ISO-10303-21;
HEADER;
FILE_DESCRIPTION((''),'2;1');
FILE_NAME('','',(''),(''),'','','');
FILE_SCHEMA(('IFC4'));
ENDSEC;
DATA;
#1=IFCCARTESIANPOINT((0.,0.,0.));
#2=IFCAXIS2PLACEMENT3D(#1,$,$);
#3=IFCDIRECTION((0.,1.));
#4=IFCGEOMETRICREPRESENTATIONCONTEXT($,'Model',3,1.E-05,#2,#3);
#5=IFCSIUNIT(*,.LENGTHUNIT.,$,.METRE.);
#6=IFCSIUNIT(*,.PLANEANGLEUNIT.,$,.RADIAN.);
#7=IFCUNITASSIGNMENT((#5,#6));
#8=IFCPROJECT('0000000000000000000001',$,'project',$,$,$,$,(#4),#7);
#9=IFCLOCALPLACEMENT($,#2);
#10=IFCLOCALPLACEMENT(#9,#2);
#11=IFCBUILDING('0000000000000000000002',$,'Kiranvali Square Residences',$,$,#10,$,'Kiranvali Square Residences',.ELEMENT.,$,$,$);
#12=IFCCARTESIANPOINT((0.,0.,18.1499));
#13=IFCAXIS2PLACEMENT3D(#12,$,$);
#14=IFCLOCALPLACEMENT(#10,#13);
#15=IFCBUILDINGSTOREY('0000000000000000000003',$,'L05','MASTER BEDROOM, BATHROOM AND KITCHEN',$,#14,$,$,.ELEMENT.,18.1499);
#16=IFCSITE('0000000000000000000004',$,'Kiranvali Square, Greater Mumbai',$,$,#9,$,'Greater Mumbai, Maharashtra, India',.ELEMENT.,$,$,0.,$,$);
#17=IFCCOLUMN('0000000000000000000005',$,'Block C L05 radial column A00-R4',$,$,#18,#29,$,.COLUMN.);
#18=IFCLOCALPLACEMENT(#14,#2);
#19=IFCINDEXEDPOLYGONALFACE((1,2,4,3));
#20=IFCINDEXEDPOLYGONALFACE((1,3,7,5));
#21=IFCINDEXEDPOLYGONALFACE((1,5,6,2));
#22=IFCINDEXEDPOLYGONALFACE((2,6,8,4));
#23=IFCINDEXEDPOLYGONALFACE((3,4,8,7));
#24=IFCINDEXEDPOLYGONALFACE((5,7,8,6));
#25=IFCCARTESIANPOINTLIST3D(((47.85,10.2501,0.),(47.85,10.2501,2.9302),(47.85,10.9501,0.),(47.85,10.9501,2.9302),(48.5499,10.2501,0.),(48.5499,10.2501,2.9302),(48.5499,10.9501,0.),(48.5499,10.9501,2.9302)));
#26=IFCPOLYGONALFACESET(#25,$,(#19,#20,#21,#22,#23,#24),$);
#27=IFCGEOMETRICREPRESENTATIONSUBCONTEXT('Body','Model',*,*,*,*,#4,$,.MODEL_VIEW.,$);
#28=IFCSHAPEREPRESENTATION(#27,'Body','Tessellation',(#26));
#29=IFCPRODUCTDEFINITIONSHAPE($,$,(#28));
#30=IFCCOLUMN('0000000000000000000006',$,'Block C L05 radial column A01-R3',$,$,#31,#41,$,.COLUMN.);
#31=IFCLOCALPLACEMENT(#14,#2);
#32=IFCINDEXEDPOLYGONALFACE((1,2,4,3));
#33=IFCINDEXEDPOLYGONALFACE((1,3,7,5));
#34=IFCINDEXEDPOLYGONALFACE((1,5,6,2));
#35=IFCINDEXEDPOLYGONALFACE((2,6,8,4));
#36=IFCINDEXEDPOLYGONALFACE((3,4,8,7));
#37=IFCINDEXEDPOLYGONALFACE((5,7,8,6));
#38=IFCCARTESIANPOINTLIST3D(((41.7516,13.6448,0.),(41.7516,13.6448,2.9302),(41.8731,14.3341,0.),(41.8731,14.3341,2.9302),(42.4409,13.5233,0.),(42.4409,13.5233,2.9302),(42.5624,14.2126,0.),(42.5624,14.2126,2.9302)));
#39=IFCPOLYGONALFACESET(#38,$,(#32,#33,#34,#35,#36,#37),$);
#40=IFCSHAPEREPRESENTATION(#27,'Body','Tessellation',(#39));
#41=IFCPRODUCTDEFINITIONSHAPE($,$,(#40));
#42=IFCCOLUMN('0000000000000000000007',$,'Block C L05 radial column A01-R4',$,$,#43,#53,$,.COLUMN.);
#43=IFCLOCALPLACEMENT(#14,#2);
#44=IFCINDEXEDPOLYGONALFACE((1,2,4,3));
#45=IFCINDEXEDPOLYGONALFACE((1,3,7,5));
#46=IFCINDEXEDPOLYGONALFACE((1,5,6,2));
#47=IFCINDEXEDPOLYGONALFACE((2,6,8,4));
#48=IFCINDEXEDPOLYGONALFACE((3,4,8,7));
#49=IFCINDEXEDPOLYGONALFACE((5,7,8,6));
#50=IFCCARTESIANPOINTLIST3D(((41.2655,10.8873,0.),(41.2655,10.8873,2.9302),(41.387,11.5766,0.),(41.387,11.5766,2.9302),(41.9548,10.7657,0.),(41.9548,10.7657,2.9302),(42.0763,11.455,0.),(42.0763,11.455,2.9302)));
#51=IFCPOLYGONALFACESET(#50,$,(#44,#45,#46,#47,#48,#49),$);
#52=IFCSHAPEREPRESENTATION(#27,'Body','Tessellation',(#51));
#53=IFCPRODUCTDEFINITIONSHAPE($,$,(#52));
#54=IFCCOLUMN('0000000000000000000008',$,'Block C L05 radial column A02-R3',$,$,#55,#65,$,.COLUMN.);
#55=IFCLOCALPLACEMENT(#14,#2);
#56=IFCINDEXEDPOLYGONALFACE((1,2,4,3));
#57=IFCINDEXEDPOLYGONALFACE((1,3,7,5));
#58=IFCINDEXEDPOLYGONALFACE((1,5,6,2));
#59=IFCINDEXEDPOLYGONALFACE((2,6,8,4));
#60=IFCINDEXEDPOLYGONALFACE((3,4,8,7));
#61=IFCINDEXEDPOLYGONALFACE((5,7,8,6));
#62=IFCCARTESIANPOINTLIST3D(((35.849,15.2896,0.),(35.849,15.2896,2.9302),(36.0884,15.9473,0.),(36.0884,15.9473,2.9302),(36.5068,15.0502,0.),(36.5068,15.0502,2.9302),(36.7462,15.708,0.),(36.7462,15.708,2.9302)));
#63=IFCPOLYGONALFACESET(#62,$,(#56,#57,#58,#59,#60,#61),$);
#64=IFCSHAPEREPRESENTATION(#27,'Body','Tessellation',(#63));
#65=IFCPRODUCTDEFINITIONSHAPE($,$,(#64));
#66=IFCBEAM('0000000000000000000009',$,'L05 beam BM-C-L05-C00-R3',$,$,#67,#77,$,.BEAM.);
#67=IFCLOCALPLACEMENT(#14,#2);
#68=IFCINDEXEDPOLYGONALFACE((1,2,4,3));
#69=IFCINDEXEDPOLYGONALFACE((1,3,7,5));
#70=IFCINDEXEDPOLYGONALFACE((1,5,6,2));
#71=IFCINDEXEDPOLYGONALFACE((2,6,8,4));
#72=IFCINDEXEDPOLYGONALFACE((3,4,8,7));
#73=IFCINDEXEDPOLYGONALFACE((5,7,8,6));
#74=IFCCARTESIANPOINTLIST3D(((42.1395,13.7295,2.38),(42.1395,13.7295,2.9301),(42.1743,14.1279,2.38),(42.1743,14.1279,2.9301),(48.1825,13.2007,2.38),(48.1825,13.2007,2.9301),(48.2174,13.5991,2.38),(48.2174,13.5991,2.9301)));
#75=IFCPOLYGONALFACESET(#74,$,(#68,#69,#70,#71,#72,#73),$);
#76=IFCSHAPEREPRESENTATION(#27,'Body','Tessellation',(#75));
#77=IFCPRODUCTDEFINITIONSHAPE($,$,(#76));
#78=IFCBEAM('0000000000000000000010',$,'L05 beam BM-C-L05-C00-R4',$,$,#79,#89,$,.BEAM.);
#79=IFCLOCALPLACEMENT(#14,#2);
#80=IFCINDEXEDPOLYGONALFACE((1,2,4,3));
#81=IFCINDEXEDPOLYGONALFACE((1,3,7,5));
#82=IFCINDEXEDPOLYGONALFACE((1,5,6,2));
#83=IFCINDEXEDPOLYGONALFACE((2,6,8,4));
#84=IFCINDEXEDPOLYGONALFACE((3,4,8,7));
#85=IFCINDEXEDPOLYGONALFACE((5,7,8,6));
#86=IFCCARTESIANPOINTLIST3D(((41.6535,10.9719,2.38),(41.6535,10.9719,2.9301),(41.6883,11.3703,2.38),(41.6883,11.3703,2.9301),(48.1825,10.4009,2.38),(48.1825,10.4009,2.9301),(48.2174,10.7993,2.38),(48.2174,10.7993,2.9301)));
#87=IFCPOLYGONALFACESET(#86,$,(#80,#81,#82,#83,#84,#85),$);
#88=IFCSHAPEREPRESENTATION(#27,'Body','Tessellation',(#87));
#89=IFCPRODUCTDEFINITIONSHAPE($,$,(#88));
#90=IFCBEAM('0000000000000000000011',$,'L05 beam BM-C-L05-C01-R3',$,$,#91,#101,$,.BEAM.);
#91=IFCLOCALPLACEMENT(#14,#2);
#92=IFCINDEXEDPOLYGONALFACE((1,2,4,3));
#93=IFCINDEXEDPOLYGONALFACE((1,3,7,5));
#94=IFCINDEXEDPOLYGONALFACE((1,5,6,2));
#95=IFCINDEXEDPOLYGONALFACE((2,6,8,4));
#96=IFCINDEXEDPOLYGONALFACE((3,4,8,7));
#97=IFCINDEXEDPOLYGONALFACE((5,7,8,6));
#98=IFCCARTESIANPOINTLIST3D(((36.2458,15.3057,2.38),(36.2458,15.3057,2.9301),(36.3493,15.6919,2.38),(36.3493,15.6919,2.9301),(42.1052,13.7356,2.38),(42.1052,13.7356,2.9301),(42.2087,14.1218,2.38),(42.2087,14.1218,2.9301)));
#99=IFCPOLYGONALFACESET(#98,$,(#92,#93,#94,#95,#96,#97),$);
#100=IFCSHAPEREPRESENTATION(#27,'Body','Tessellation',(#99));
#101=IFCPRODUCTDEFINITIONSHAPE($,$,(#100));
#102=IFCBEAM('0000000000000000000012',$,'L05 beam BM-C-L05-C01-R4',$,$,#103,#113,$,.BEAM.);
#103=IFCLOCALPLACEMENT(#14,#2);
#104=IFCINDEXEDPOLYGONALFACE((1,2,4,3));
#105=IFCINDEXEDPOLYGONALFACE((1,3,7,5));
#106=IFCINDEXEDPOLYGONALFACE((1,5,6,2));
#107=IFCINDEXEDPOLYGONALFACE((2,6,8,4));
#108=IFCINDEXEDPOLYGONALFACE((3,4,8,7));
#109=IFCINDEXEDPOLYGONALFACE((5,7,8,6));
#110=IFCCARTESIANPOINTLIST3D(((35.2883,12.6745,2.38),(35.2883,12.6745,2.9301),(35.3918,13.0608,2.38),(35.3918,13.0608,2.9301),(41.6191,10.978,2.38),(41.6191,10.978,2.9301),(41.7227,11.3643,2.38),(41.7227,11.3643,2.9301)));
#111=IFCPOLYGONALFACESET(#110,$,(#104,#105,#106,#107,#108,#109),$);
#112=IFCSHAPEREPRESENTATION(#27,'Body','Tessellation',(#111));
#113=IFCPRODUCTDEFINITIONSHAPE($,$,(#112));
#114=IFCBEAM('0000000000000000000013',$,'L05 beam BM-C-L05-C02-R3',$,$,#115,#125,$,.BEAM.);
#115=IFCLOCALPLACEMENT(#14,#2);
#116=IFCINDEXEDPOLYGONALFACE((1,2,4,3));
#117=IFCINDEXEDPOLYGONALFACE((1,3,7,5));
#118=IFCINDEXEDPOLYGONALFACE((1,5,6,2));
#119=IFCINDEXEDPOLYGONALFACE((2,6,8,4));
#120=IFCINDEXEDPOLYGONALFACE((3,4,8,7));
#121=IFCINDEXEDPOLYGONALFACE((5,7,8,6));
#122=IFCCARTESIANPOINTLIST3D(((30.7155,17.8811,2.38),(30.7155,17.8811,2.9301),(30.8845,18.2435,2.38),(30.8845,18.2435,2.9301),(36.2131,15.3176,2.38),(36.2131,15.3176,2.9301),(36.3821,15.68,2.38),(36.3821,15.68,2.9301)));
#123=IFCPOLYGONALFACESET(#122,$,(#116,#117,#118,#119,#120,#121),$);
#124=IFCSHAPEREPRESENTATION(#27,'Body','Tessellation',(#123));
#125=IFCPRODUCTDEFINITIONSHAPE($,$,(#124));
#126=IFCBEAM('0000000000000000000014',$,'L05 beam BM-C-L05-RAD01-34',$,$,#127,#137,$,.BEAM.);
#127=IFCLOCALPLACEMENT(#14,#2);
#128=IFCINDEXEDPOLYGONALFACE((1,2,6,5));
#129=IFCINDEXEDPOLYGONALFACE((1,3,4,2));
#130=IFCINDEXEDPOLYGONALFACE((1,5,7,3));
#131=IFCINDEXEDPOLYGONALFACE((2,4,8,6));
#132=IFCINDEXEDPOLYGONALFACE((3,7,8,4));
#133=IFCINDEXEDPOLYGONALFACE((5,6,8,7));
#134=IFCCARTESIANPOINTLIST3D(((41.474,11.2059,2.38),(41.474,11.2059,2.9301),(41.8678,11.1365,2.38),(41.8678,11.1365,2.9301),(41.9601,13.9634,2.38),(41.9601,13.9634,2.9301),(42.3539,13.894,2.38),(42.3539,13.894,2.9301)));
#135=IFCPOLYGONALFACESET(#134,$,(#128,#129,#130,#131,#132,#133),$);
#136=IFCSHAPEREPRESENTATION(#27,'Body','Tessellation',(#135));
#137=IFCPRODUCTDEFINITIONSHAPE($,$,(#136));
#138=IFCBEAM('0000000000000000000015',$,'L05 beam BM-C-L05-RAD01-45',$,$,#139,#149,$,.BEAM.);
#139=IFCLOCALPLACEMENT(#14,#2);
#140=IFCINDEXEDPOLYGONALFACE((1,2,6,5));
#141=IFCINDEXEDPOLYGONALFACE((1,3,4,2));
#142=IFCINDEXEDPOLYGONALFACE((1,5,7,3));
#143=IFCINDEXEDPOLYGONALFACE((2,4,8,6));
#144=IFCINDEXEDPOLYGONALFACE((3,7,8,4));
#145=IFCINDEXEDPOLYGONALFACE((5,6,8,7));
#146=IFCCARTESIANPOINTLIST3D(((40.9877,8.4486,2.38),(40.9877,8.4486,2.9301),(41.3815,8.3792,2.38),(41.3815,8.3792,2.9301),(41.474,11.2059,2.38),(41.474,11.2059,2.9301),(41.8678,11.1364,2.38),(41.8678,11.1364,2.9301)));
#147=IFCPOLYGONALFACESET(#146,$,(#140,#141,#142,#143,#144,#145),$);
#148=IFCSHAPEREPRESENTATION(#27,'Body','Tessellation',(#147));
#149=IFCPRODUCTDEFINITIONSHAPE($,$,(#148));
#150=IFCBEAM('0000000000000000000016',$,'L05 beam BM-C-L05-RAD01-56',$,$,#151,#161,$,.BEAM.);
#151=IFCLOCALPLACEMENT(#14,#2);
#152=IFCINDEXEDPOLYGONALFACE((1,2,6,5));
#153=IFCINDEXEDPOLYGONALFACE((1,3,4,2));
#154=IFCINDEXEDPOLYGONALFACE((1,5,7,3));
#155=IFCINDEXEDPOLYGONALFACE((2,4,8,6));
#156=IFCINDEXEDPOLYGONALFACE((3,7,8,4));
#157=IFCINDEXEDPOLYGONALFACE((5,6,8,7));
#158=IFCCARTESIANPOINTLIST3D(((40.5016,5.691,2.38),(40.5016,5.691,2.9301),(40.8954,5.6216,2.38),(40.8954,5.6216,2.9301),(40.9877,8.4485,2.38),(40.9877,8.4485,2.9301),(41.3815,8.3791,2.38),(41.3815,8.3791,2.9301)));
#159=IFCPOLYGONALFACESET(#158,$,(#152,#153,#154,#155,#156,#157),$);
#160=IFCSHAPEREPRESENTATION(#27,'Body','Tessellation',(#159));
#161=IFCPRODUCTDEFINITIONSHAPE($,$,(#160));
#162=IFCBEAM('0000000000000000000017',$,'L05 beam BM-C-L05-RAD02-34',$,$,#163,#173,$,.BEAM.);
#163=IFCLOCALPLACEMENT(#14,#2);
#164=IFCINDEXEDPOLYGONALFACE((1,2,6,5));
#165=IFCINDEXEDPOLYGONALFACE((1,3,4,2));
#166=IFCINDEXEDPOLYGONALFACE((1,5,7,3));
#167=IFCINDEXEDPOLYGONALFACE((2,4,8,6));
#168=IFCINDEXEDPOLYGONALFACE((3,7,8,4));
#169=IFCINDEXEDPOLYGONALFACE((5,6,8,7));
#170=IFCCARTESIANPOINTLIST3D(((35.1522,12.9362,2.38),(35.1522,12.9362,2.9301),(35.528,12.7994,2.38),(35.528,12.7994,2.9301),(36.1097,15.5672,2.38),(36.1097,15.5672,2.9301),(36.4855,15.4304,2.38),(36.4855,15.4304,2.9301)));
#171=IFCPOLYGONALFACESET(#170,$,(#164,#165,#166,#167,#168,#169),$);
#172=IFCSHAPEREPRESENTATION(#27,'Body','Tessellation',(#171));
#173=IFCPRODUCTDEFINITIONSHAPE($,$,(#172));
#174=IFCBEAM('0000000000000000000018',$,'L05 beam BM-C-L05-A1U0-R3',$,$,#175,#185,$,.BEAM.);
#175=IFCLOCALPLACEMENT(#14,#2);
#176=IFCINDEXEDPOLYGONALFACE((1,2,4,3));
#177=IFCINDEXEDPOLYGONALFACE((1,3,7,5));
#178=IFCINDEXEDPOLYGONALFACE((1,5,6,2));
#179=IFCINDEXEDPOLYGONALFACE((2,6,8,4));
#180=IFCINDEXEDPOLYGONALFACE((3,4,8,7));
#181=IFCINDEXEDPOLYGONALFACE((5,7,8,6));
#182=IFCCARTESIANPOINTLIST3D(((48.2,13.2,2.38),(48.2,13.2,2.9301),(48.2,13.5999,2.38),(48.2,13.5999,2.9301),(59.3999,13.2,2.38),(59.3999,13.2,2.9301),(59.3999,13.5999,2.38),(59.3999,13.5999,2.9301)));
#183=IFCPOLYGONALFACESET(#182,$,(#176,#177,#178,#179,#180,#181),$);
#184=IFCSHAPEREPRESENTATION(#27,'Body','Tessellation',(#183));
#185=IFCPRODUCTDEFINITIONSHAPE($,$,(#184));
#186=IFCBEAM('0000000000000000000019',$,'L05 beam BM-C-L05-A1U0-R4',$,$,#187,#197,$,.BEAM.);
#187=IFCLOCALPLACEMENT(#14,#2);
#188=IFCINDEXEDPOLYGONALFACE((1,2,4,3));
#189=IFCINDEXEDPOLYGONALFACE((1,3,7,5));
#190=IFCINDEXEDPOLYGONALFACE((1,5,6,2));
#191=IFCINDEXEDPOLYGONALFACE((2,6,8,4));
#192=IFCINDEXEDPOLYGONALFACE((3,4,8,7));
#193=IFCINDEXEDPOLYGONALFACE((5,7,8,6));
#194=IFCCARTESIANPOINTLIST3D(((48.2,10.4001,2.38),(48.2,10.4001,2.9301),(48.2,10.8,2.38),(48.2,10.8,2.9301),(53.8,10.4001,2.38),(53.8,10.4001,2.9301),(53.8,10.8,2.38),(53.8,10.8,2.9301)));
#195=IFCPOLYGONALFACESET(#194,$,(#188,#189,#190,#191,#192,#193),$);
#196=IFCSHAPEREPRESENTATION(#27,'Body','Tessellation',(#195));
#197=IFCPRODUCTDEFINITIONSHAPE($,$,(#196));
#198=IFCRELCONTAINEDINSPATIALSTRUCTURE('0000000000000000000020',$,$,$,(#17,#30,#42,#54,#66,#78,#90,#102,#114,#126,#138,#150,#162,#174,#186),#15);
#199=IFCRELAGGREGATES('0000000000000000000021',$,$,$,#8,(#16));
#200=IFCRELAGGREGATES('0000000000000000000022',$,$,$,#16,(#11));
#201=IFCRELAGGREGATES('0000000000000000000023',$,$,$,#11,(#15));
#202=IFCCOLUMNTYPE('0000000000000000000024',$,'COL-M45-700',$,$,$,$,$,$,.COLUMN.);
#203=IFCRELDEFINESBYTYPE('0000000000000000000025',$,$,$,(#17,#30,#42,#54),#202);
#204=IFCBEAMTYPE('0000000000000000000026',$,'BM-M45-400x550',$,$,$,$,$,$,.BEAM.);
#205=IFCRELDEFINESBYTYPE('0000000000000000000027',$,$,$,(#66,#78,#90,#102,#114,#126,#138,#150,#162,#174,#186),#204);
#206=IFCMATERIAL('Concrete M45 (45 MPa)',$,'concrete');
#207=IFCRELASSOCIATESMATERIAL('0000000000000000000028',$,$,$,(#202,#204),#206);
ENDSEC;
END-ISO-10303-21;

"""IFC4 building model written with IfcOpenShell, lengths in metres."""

from ifc_helpers import new_model, si_unit, direction, frame, origin, origin_2d, place, context, subcontext, project, spatial, rectangle, extrude, material, material_profile, profile_set, type_object, element, save


model = new_model("IFC4")

# Units and contexts
model_context = context("Model", 3, precision=1e-05, world=origin(), true_north=direction((0.0, 1.0)))
body_context = subcontext(model_context, "Body", "Model", "MODEL_VIEW")
ifc_project = project(units=[si_unit("LENGTHUNIT", "METRE"), si_unit("PLANEANGLEUNIT", "RADIAN")], contexts=[model_context])

# Site, building, storey
site_placement = place(None, origin())
site = spatial("IfcSite", under=ifc_project, at=site_placement, Name="Kiranvali Square, Greater Mumbai", LongName="Greater Mumbai, Maharashtra, India", CompositionType="ELEMENT", RefElevation=0.0)
building_placement = place(site_placement, origin())
building = spatial("IfcBuilding", under=site, at=building_placement, Name="Kiranvali Square Residences", LongName="Kiranvali Square Residences", CompositionType="ELEMENT")
storey_placement = place(building_placement, frame((0.0, 0.0, 18.1499)))
storey = spatial("IfcBuildingStorey", under=building, at=storey_placement, Name="L05", Description="MASTER BEDROOM, BATHROOM AND KITCHEN", CompositionType="ELEMENT", Elevation=18.1499)

# Columns
ifc_material_1 = material(Name="Concrete M45 (45 MPa)", Category="concrete")
ifc_material_profile_1 = material_profile(ifc_material_1, rectangle(XDim=0.7, YDim=0.7, at=origin_2d()), Name="RC 700x700")
ifc_profile_set_1 = profile_set([ifc_material_profile_1], Name="Concrete M45 (45 MPa)")
column_type = type_object("IfcColumnType", Name="COL-M45-700", PredefinedType="COLUMN", material=ifc_profile_set_1)
for number, where, z_axis, x_axis, name in (
    (1, (48.2, 10.6001, 0.0), (0.0, 0.0, 1.0), (1.0, 0.0, 0.0), "Block C L05 radial column A00-R4"),
    (2, (42.157, 13.9287, 0.0), (0.0, 0.0, 1.0), (-0.984808, 0.173648, 0.0), "Block C L05 radial column A01-R3"),
    (3, (41.6709, 11.1711, 0.0), (0.0, 0.0, 1.0), (-0.984808, 0.173648, 0.0), "Block C L05 radial column A01-R4"),
    (4, (36.2976, 15.4988, 0.0), (0.0, 0.0, 1.0), (-0.939693, 0.34202, 0.0), "Block C L05 radial column A02-R3"),
):
    element("IfcColumn", number, at=place(storey_placement, frame(where, z_axis=z_axis, x_axis=x_axis)), inside=storey, type_object=column_type, Name=name, PredefinedType="COLUMN", context=body_context, shape_type="SweptSolid", body=[
        extrude(rectangle(XDim=0.7, YDim=0.7, at=origin_2d()), origin(), (0.0, 0.0, 1.0), 2.9302),
    ])

# Beams
ifc_material_profile_2 = material_profile(ifc_material_1, rectangle(XDim=0.3999, YDim=0.55, at=origin_2d()), Name="RC 400x550")
ifc_profile_set_2 = profile_set([ifc_material_profile_2], Name="Concrete M45 (45 MPa)")
beam_type = type_object("IfcBeamType", Name="BM-M45-400x550", PredefinedType="BEAM", material=ifc_profile_set_2)
beam_1_placement = place(storey_placement, frame((48.2, 13.3999, 2.655), z_axis=(-0.996193, 0.087175, 0.0), x_axis=(-0.087175, -0.996193, 0.0)))
element("IfcBeam", 5, at=beam_1_placement, inside=storey, type_object=beam_type, Name="L05 beam BM-C-L05-C00-R3", PredefinedType="BEAM", context=body_context, shape_type="SweptSolid", body=[
    extrude(rectangle(XDim=0.3999, YDim=0.55, at=origin_2d()), origin(), (0.0, 0.0, 1.0), 6.0662),
])
beam_2_placement = place(storey_placement, frame((48.2, 10.6001, 2.655), z_axis=(-0.996197, 0.08713, 0.0), x_axis=(-0.08713, -0.996197, 0.0)))
element("IfcBeam", 6, at=beam_2_placement, inside=storey, type_object=beam_type, Name="L05 beam BM-C-L05-C00-R4", PredefinedType="BEAM", context=body_context, shape_type="SweptSolid", body=[
    extrude(rectangle(XDim=0.3999, YDim=0.55, at=origin_2d()), origin(), (0.0, 0.0, 1.0), 6.554),
])
beam_3_placement = place(storey_placement, frame((42.157, 13.9287, 2.655), z_axis=(-0.965924, 0.258827, 0.0), x_axis=(-0.258827, -0.965924, 0.0)))
element("IfcBeam", 7, at=beam_3_placement, inside=storey, type_object=beam_type, Name="L05 beam BM-C-L05-C01-R3", PredefinedType="BEAM", context=body_context, shape_type="SweptSolid", body=[
    extrude(rectangle(XDim=0.3999, YDim=0.55, at=origin_2d()), origin(), (0.0, 0.0, 1.0), 6.0662),
])
beam_4_placement = place(storey_placement, frame((41.6709, 11.1711, 2.655), z_axis=(-0.965918, 0.258847, 0.0), x_axis=(-0.258847, -0.965918, 0.0)))
element("IfcBeam", 8, at=beam_4_placement, inside=storey, type_object=beam_type, Name="L05 beam BM-C-L05-C01-R4", PredefinedType="BEAM", context=body_context, shape_type="SweptSolid", body=[
    extrude(rectangle(XDim=0.3999, YDim=0.55, at=origin_2d()), origin(), (0.0, 0.0, 1.0), 6.5542),
])
beam_5_placement = place(storey_placement, frame((36.2976, 15.4988, 2.655), z_axis=(-0.906313, 0.422608, 0.0), x_axis=(-0.422608, -0.906313, 0.0)))
element("IfcBeam", 9, at=beam_5_placement, inside=storey, type_object=beam_type, Name="L05 beam BM-C-L05-C02-R3", PredefinedType="BEAM", context=body_context, shape_type="SweptSolid", body=[
    extrude(rectangle(XDim=0.3999, YDim=0.55, at=origin_2d()), origin(), (0.0, 0.0, 1.0), 6.0659),
])
beam_6_placement = place(storey_placement, frame((42.157, 13.9287, 2.655), z_axis=(-0.173596, -0.984817, 0.0), x_axis=(0.984817, -0.173596, 0.0)))
element("IfcBeam", 10, at=beam_6_placement, inside=storey, type_object=beam_type, Name="L05 beam BM-C-L05-RAD01-34", PredefinedType="BEAM", context=body_context, shape_type="SweptSolid", body=[
    extrude(rectangle(XDim=0.3999, YDim=0.55, at=origin_2d()), origin(), (0.0, 0.0, 1.0), 2.8),
])
beam_7_placement = place(storey_placement, frame((41.6709, 11.1711, 2.655), z_axis=(-0.173696, -0.984799, 0.0), x_axis=(0.984799, -0.173696, 0.0)))
element("IfcBeam", 11, at=beam_7_placement, inside=storey, type_object=beam_type, Name="L05 beam BM-C-L05-RAD01-45", PredefinedType="BEAM", context=body_context, shape_type="SweptSolid", body=[
    extrude(rectangle(XDim=0.3999, YDim=0.55, at=origin_2d()), origin(), (0.0, 0.0, 1.0), 2.7998),
])
beam_8_placement = place(storey_placement, frame((41.1846, 8.4138, 2.655), z_axis=(-0.173596, -0.984817, 0.0), x_axis=(0.984817, -0.173596, 0.0)))
element("IfcBeam", 12, at=beam_8_placement, inside=storey, type_object=beam_type, Name="L05 beam BM-C-L05-RAD01-56", PredefinedType="BEAM", context=body_context, shape_type="SweptSolid", body=[
    extrude(rectangle(XDim=0.3999, YDim=0.55, at=origin_2d()), origin(), (0.0, 0.0, 1.0), 2.8),
])
beam_9_placement = place(storey_placement, frame((36.2976, 15.4988, 2.655), z_axis=(-0.341981, -0.939707, 0.0), x_axis=(0.939707, -0.341981, 0.0)))
element("IfcBeam", 13, at=beam_9_placement, inside=storey, type_object=beam_type, Name="L05 beam BM-C-L05-RAD02-34", PredefinedType="BEAM", context=body_context, shape_type="SweptSolid", body=[
    extrude(rectangle(XDim=0.3999, YDim=0.55, at=origin_2d()), origin(), (0.0, 0.0, 1.0), 2.7998),
])
beam_10_placement = place(storey_placement, frame((48.2, 13.3999, 2.655), z_axis=(1.0, 0.0, 0.0), x_axis=(0.0, 1.0, 0.0)))
element("IfcBeam", 14, at=beam_10_placement, inside=storey, type_object=beam_type, Name="L05 beam BM-C-L05-A1U0-R3", PredefinedType="BEAM", context=body_context, shape_type="SweptSolid", body=[
    extrude(rectangle(XDim=0.3999, YDim=0.55, at=origin_2d()), origin(), (0.0, 0.0, 1.0), 11.2),
])
beam_11_placement = place(storey_placement, frame((48.2, 10.6001, 2.655), z_axis=(1.0, 0.0, 0.0), x_axis=(0.0, 1.0, 0.0)))
element("IfcBeam", 15, at=beam_11_placement, inside=storey, type_object=beam_type, Name="L05 beam BM-C-L05-A1U0-R4", PredefinedType="BEAM", context=body_context, shape_type="SweptSolid", body=[
    extrude(rectangle(XDim=0.3999, YDim=0.55, at=origin_2d()), origin(), (0.0, 0.0, 1.0), 5.6001),
])

save(model, "model.ifc")
